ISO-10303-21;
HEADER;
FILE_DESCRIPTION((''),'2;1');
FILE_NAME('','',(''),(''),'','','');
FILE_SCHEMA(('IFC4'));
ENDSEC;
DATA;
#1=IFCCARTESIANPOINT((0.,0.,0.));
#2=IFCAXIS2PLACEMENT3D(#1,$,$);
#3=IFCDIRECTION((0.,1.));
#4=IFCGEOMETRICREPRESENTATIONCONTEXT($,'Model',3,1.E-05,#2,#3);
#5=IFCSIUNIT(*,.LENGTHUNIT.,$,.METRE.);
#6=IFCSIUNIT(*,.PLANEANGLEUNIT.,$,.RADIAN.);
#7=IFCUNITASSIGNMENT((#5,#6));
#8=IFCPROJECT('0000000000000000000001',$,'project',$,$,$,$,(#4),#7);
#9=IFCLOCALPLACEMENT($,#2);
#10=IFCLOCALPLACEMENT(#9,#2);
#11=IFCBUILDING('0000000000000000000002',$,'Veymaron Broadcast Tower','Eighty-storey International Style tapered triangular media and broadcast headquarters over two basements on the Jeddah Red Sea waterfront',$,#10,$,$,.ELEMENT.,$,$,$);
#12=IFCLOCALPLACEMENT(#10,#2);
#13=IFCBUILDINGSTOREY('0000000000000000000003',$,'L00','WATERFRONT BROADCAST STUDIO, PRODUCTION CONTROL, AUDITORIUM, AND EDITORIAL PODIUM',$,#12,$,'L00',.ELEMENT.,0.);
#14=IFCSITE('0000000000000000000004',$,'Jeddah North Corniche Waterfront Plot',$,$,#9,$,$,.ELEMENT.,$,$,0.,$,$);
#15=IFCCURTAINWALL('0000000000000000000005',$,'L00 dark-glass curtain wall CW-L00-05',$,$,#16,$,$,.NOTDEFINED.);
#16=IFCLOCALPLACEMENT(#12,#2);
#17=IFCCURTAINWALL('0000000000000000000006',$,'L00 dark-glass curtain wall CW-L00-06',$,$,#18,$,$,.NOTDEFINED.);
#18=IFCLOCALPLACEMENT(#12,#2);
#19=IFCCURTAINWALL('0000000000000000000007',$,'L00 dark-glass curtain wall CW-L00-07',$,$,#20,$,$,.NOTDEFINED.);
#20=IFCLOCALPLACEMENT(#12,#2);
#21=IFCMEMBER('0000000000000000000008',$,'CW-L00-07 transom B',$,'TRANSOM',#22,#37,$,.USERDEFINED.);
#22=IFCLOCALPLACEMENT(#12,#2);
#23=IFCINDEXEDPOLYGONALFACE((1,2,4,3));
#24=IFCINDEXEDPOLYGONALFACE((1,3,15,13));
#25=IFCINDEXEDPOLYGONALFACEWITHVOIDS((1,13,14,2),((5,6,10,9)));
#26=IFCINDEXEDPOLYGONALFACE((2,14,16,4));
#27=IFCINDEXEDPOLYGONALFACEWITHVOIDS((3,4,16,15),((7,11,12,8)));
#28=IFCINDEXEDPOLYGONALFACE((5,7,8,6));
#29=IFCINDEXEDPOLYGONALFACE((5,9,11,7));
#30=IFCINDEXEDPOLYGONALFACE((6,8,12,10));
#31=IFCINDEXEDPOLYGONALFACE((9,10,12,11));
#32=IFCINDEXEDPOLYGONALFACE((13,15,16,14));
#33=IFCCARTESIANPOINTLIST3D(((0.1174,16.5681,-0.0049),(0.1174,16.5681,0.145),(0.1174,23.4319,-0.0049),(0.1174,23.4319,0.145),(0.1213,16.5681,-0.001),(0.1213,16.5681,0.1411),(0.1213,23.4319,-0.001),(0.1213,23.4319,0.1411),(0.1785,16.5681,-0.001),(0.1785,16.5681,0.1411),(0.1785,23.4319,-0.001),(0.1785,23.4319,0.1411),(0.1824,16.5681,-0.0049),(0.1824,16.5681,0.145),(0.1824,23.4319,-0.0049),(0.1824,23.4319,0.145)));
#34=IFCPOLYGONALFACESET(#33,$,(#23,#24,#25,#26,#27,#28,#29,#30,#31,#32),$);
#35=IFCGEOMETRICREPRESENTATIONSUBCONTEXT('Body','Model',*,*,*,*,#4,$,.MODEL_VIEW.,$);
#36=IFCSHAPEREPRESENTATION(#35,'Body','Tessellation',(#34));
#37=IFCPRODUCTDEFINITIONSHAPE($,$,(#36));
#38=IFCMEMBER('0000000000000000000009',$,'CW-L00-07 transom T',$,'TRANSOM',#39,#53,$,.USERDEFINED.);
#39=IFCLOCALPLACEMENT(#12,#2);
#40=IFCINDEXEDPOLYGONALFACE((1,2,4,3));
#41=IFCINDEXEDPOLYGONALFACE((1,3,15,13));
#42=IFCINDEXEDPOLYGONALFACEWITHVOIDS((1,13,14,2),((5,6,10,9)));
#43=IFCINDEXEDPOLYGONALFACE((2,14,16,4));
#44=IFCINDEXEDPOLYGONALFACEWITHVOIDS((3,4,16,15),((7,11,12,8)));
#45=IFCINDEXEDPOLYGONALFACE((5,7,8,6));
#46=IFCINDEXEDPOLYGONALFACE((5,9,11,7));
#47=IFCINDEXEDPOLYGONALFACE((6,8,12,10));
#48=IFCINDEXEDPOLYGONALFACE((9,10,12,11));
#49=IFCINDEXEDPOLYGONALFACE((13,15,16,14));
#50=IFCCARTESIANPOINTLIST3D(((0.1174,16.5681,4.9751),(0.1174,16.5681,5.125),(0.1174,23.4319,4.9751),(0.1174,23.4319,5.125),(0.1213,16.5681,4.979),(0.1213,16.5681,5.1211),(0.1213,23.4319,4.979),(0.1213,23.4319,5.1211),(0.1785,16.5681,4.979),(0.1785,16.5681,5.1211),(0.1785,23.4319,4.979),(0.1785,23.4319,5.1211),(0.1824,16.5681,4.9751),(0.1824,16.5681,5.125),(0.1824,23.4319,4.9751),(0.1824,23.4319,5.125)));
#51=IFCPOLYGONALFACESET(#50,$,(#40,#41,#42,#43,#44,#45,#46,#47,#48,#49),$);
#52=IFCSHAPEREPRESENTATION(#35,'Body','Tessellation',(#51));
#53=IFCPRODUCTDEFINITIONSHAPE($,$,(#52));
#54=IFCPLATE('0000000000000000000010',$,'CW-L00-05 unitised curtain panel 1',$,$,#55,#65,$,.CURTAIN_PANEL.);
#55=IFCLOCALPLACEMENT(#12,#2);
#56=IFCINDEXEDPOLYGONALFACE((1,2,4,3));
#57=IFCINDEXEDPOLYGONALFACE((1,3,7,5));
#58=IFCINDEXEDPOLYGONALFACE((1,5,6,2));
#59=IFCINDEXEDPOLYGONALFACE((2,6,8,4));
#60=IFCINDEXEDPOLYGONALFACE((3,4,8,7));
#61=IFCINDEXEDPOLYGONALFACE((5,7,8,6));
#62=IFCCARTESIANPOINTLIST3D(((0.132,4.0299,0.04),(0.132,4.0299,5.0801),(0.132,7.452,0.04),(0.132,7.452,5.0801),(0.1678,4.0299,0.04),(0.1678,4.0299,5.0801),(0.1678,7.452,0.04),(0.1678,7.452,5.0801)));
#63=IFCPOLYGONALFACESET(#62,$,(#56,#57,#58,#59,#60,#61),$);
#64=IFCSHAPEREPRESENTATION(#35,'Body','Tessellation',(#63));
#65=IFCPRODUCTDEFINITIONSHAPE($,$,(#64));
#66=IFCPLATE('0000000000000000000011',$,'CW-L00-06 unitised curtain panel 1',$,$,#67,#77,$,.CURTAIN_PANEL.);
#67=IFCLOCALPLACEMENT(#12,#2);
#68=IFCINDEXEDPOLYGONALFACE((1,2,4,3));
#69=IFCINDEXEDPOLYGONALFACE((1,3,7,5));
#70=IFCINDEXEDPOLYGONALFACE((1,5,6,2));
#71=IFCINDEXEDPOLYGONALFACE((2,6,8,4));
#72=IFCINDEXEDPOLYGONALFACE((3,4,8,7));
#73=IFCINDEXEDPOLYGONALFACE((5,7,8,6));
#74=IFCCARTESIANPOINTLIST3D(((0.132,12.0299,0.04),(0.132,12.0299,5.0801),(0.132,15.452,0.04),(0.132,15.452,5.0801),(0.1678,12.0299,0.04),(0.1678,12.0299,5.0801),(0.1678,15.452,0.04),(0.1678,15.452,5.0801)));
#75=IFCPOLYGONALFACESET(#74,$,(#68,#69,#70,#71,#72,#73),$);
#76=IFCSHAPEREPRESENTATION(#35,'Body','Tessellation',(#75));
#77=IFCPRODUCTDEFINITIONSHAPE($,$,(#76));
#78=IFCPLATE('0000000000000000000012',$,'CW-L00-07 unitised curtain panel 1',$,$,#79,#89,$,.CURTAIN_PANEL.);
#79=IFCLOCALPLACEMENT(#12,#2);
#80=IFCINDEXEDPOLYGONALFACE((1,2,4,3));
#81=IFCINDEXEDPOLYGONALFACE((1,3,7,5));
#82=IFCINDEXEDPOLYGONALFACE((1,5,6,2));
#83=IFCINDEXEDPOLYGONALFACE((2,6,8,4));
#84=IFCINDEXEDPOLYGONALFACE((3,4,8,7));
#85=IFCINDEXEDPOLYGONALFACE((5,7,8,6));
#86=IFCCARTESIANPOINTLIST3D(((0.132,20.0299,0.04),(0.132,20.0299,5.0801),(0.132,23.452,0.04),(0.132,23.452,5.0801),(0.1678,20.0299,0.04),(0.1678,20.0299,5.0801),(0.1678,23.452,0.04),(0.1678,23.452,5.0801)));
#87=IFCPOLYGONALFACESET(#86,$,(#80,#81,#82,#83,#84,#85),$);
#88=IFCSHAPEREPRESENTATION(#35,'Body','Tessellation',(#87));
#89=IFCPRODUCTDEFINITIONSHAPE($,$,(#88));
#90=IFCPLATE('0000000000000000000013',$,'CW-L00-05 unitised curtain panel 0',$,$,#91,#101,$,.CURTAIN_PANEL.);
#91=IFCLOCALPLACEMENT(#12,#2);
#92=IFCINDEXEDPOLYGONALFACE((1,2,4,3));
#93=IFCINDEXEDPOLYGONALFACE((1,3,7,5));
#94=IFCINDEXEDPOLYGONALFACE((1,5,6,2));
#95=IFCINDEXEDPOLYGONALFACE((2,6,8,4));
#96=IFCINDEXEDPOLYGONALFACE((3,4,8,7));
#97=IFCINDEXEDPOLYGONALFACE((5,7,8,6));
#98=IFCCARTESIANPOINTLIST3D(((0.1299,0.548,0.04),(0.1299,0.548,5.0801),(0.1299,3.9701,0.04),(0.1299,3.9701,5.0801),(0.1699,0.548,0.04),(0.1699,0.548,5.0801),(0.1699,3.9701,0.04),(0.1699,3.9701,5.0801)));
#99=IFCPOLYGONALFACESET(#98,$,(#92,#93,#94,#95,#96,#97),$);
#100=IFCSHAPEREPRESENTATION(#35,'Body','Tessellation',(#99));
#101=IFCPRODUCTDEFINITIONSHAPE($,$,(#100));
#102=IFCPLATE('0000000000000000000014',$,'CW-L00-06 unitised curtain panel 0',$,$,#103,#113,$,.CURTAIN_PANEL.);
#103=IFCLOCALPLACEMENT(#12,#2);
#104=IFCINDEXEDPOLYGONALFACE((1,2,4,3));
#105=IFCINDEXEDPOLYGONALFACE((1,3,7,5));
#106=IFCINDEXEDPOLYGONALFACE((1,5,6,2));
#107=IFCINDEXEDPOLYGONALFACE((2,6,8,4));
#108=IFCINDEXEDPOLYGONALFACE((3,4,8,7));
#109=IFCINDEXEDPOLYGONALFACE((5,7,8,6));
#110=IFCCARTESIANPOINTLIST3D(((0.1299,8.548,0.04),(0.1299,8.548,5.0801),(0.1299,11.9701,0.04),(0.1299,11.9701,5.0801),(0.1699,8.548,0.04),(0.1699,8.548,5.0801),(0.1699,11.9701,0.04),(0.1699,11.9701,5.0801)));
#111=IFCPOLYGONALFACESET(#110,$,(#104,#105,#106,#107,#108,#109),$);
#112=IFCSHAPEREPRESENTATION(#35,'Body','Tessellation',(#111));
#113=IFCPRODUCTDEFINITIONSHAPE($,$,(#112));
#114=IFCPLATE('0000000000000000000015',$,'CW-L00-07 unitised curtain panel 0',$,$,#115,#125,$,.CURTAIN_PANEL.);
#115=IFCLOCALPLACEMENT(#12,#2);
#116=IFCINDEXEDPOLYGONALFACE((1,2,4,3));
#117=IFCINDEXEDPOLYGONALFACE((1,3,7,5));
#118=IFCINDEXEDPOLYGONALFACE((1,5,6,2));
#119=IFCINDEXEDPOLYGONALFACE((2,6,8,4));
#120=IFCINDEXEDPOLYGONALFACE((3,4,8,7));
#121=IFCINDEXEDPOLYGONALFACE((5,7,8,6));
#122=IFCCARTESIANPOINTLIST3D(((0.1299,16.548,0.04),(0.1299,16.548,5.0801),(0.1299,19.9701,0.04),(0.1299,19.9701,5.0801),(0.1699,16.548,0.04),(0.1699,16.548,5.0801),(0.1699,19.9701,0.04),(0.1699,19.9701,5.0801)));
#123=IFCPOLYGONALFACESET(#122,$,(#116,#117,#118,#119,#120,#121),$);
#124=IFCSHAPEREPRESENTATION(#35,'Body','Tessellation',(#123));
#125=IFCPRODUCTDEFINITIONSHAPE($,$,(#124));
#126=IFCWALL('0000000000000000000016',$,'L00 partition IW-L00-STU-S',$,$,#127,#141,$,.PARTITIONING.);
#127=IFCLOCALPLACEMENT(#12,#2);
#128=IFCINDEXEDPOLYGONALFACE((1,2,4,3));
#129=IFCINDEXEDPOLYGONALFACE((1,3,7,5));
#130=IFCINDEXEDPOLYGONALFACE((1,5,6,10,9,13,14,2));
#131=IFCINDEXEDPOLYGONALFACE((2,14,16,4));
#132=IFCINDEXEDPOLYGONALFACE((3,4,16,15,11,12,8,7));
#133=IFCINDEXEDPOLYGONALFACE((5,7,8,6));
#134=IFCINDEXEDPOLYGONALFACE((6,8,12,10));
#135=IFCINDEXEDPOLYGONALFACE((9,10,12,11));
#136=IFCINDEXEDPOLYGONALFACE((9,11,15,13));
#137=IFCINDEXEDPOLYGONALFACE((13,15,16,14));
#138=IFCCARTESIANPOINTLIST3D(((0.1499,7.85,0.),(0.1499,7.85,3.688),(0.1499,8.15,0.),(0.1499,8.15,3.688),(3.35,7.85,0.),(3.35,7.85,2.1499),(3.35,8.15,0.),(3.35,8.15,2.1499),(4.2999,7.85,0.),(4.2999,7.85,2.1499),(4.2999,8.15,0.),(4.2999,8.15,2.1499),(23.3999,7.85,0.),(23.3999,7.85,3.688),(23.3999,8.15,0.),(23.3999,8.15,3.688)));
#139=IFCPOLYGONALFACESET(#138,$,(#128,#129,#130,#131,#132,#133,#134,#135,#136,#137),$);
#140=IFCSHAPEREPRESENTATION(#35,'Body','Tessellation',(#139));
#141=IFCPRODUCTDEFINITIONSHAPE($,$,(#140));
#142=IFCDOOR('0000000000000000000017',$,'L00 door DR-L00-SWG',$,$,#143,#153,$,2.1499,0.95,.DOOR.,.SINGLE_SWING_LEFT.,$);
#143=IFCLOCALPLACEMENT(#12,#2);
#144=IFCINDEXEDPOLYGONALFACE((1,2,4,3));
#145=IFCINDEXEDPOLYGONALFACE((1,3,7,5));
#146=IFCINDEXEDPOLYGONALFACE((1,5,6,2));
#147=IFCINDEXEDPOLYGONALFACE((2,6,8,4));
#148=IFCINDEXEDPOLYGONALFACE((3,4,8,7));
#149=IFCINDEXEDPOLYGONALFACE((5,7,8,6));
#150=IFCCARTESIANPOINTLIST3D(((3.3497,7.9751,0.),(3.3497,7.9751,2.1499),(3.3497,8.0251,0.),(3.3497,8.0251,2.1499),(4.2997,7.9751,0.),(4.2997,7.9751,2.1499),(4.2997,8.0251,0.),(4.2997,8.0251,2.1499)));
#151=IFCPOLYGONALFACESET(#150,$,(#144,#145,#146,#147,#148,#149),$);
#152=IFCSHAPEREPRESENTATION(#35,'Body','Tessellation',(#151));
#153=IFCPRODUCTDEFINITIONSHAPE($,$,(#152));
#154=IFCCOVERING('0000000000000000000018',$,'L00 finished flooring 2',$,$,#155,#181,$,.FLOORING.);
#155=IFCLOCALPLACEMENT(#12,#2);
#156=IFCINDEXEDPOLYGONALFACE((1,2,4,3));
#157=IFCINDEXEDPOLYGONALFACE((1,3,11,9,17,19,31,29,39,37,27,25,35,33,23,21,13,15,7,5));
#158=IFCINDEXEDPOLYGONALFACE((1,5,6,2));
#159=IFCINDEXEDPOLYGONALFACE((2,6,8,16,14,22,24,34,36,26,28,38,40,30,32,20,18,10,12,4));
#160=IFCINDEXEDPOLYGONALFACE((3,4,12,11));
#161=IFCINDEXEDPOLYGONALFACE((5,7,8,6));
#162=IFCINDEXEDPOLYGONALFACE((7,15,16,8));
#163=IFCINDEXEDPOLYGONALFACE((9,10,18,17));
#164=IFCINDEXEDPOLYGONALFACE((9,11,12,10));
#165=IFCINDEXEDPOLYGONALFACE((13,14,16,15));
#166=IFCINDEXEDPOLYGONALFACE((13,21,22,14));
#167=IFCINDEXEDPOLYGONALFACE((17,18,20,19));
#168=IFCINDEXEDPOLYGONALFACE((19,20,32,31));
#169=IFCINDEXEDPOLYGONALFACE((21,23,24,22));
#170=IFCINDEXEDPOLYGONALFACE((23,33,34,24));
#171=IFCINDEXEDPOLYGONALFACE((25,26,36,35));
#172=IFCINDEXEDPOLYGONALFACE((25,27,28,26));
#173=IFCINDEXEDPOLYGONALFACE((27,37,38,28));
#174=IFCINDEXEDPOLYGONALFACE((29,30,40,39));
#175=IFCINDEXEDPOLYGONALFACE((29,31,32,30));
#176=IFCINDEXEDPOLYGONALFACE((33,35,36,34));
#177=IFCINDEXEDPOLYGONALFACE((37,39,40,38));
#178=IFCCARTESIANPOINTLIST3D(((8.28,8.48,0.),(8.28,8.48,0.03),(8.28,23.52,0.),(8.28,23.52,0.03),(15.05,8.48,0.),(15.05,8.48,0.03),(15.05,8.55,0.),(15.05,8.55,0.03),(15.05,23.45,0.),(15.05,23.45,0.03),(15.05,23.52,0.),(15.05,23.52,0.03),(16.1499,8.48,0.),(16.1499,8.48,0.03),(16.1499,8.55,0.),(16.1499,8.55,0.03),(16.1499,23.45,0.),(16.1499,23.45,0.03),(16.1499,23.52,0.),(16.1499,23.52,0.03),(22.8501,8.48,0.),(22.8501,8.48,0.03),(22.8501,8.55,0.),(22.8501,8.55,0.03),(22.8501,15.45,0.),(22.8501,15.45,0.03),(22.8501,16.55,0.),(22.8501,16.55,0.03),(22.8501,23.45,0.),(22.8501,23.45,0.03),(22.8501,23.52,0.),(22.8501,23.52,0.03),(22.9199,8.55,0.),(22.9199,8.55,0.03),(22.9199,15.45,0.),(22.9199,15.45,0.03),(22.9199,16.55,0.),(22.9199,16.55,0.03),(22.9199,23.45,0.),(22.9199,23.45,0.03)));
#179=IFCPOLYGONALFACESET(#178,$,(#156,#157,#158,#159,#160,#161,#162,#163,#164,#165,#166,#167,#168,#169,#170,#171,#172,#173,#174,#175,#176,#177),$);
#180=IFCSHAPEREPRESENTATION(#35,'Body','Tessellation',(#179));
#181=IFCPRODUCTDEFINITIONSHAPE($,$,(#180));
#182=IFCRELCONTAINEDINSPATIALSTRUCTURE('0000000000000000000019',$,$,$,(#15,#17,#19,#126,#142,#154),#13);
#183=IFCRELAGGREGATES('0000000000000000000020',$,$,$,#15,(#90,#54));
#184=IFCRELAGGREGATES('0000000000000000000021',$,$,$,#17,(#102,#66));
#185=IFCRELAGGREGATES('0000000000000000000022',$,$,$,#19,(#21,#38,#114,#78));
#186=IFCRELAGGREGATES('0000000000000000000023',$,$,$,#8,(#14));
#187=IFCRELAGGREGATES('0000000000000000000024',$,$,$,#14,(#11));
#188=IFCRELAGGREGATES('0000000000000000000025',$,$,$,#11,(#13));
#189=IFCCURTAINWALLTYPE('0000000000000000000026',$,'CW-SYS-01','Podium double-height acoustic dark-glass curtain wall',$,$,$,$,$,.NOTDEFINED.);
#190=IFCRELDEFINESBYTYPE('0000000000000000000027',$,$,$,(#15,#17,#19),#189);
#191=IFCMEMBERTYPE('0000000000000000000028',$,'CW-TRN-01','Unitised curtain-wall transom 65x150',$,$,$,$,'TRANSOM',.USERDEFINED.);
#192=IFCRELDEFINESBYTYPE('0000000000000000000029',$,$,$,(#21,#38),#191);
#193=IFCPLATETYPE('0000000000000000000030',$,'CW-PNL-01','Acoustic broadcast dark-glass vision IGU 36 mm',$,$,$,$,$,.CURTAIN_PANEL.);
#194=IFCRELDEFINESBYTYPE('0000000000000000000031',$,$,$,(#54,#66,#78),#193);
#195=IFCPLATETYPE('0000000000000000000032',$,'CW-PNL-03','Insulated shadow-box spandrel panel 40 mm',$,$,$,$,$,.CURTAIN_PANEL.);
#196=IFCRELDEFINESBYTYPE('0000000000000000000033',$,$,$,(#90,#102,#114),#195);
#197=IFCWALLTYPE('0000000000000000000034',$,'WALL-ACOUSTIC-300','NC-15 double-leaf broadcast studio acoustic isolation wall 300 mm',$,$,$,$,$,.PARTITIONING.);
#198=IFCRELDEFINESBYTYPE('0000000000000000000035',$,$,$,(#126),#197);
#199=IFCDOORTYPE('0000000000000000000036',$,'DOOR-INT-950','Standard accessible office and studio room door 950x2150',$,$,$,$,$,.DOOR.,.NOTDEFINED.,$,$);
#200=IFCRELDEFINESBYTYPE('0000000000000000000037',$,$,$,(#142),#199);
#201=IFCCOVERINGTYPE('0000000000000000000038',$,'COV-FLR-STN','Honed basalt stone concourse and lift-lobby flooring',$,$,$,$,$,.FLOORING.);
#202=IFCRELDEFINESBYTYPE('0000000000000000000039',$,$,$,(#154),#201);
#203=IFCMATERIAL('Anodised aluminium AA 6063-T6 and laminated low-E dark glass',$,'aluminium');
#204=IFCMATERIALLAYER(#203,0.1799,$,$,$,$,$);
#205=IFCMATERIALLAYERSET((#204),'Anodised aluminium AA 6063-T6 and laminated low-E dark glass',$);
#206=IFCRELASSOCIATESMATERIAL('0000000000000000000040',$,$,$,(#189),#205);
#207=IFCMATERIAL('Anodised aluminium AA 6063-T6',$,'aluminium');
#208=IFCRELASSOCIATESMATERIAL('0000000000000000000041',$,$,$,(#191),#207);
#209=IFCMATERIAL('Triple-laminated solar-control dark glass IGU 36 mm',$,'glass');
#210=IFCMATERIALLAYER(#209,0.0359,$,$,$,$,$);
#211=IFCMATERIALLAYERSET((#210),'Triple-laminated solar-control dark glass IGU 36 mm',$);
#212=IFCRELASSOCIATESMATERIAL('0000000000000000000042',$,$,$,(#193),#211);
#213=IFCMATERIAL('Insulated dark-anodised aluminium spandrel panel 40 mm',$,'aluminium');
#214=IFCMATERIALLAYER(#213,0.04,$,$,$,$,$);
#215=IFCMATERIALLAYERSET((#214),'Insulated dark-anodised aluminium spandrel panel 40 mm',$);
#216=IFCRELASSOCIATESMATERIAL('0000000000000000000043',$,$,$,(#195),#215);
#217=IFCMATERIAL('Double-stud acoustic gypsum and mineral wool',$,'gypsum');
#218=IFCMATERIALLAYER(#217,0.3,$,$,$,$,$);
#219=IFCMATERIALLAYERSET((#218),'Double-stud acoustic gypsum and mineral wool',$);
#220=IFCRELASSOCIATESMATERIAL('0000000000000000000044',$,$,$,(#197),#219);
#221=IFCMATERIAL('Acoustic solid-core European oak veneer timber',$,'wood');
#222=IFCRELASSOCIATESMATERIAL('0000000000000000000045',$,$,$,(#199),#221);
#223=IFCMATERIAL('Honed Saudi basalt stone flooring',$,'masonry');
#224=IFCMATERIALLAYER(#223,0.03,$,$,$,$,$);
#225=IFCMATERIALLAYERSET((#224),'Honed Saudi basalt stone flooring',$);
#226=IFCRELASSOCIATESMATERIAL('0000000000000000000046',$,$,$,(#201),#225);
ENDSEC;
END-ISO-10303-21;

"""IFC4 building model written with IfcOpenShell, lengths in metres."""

from ifc_helpers import new_model, si_unit, direction, frame, frame_2d, origin, origin_2d, place, context, subcontext, project, spatial, polyline, rectangle, hollow_rectangle, outline, extrude, material, layer, layer_set, material_profile, profile_set, type_object, element, fill, aggregate, save


model = new_model("IFC4")

# Units and contexts
model_context = context("Model", 3, precision=1e-05, world=origin(), true_north=direction((0.0, 1.0)))
body_context = subcontext(model_context, "Body", "Model", "MODEL_VIEW")
ifc_project = project(units=[si_unit("LENGTHUNIT", "METRE"), si_unit("PLANEANGLEUNIT", "RADIAN")], contexts=[model_context])

# Site, building, storey
site_placement = place(None, origin())
site = spatial("IfcSite", under=ifc_project, at=site_placement, Name="Jeddah North Corniche Waterfront Plot", CompositionType="ELEMENT", RefElevation=0.0)
building_placement = place(site_placement, origin())
building = spatial("IfcBuilding", under=site, at=building_placement, Name="Veymaron Broadcast Tower", Description="Eighty-storey International Style tapered triangular media and broadcast headquarters over two basements on the Jeddah Red Sea waterfront", CompositionType="ELEMENT")
storey_placement = place(building_placement, origin())
storey = spatial("IfcBuildingStorey", under=building, at=storey_placement, Name="L00", Description="WATERFRONT BROADCAST STUDIO, PRODUCTION CONTROL, AUDITORIUM, AND EDITORIAL PODIUM", LongName="L00", CompositionType="ELEMENT", Elevation=0.0)

# Curtain walls
ifc_material_1 = material(Name="Anodised aluminium AA 6063-T6 and laminated low-E dark glass", Category="aluminium")
ifc_layer_1 = layer(ifc_material_1, 0.1799)
ifc_layer_set_1 = layer_set([ifc_layer_1], Name="Anodised aluminium AA 6063-T6 and laminated low-E dark glass")
curtain_wall_type = type_object("IfcCurtainWallType", Name="CW-SYS-01", Description="Podium double-height acoustic dark-glass curtain wall", PredefinedType="NOTDEFINED", material=ifc_layer_set_1)
curtain_wall_1_placement = place(storey_placement, origin())
curtain_wall_1 = element("IfcCurtainWall", 1, at=curtain_wall_1_placement, inside=storey, type_object=curtain_wall_type, Name="L00 dark-glass curtain wall CW-L00-05", PredefinedType="NOTDEFINED")
ifc_material_2 = material(Name="Anodised aluminium AA 6063-T6", Category="aluminium")
curtain_wall_2_placement = place(storey_placement, origin())
curtain_wall_2 = element("IfcCurtainWall", 2, at=curtain_wall_2_placement, inside=storey, type_object=curtain_wall_type, Name="L00 dark-glass curtain wall CW-L00-06", PredefinedType="NOTDEFINED")
curtain_wall_3_placement = place(storey_placement, origin())
curtain_wall_3 = element("IfcCurtainWall", 3, at=curtain_wall_3_placement, inside=storey, type_object=curtain_wall_type, Name="L00 dark-glass curtain wall CW-L00-07", PredefinedType="NOTDEFINED")

# Members
ifc_material_profile_1 = material_profile(ifc_material_2, hollow_rectangle(XDim=0.0649, YDim=0.1499, WallThickness=0.0039, at=origin_2d()), Name="AL150X65X4")
ifc_profile_set_1 = profile_set([ifc_material_profile_1], Name="Anodised aluminium AA 6063-T6")
member_type_1 = type_object("IfcMemberType", Name="CW-TRN-01", Description="Unitised curtain-wall transom 65x150", ElementType="TRANSOM", PredefinedType="USERDEFINED", material=ifc_profile_set_1)
member_1_placement = place(storey_placement, frame((0.1499, 16.5681, 0.0701), z_axis=(0.0, 1.0, 0.0), x_axis=(-1.0, 0.0, 0.0)))
member_1 = element("IfcMember", 4, at=member_1_placement, type_object=member_type_1, Name="CW-L00-07 transom B", ObjectType="TRANSOM", PredefinedType="USERDEFINED", context=body_context, shape_type="SweptSolid", body=[
    extrude(hollow_rectangle(XDim=0.0649, YDim=0.1499, WallThickness=0.0039, at=origin_2d()), origin(), (0.0, 0.0, 1.0), 6.8638),
])
member_2_placement = place(storey_placement, frame((0.1499, 16.5681, 5.05), z_axis=(0.0, 1.0, 0.0), x_axis=(-1.0, 0.0, 0.0)))
member_2 = element("IfcMember", 5, at=member_2_placement, type_object=member_type_1, Name="CW-L00-07 transom T", ObjectType="TRANSOM", PredefinedType="USERDEFINED", context=body_context, shape_type="SweptSolid", body=[
    extrude(hollow_rectangle(XDim=0.0649, YDim=0.1499, WallThickness=0.0039, at=origin_2d()), origin(), (0.0, 0.0, 1.0), 6.8638),
])

# Plates
ifc_material_3 = material(Name="Triple-laminated solar-control dark glass IGU 36 mm", Category="glass")
ifc_layer_2 = layer(ifc_material_3, 0.0359)
ifc_layer_set_2 = layer_set([ifc_layer_2], Name="Triple-laminated solar-control dark glass IGU 36 mm")
plate_type_1 = type_object("IfcPlateType", Name="CW-PNL-01", Description="Acoustic broadcast dark-glass vision IGU 36 mm", PredefinedType="CURTAIN_PANEL", material=ifc_layer_set_2)
plate_1_placement = place(storey_placement, frame((0.1499, 5.741, 0.04), z_axis=(0.0, 0.0, 1.0), x_axis=(0.0, 1.0, 0.0)))
plate_1 = element("IfcPlate", 6, at=plate_1_placement, type_object=plate_type_1, Name="CW-L00-05 unitised curtain panel 1", PredefinedType="CURTAIN_PANEL", context=body_context, shape_type="SweptSolid", body=[
    extrude(rectangle(XDim=3.4221, YDim=0.0359, at=origin_2d()), origin(), (0.0, 0.0, 1.0), 5.04),
])
plate_2_placement = place(storey_placement, frame((0.1499, 13.741, 0.04), z_axis=(0.0, 0.0, 1.0), x_axis=(0.0, 1.0, 0.0)))
plate_2 = element("IfcPlate", 7, at=plate_2_placement, type_object=plate_type_1, Name="CW-L00-06 unitised curtain panel 1", PredefinedType="CURTAIN_PANEL", context=body_context, shape_type="SweptSolid", body=[
    extrude(rectangle(XDim=3.4221, YDim=0.0359, at=origin_2d()), origin(), (0.0, 0.0, 1.0), 5.04),
])
plate_3_placement = place(storey_placement, frame((0.1499, 21.741, 0.04), z_axis=(0.0, 0.0, 1.0), x_axis=(0.0, 1.0, 0.0)))
plate_3 = element("IfcPlate", 8, at=plate_3_placement, type_object=plate_type_1, Name="CW-L00-07 unitised curtain panel 1", PredefinedType="CURTAIN_PANEL", context=body_context, shape_type="SweptSolid", body=[
    extrude(rectangle(XDim=3.4221, YDim=0.0359, at=origin_2d()), origin(), (0.0, 0.0, 1.0), 5.04),
])
ifc_material_4 = material(Name="Insulated dark-anodised aluminium spandrel panel 40 mm", Category="aluminium")
ifc_layer_3 = layer(ifc_material_4, 0.04)
ifc_layer_set_3 = layer_set([ifc_layer_3], Name="Insulated dark-anodised aluminium spandrel panel 40 mm")
plate_type_2 = type_object("IfcPlateType", Name="CW-PNL-03", Description="Insulated shadow-box spandrel panel 40 mm", PredefinedType="CURTAIN_PANEL", material=ifc_layer_set_3)
plate_4_placement = place(storey_placement, frame((0.1499, 2.259, 0.04), z_axis=(0.0, 0.0, 1.0), x_axis=(0.0, 1.0, 0.0)))
plate_4 = element("IfcPlate", 9, at=plate_4_placement, type_object=plate_type_2, Name="CW-L00-05 unitised curtain panel 0", PredefinedType="CURTAIN_PANEL", context=body_context, shape_type="SweptSolid", body=[
    extrude(rectangle(XDim=3.4221, YDim=0.04, at=origin_2d()), origin(), (0.0, 0.0, 1.0), 5.04),
])
aggregate(curtain_wall_1, [plate_4, plate_1])
plate_5_placement = place(storey_placement, frame((0.1499, 10.259, 0.04), z_axis=(0.0, 0.0, 1.0), x_axis=(0.0, 1.0, 0.0)))
plate_5 = element("IfcPlate", 10, at=plate_5_placement, type_object=plate_type_2, Name="CW-L00-06 unitised curtain panel 0", PredefinedType="CURTAIN_PANEL", context=body_context, shape_type="SweptSolid", body=[
    extrude(rectangle(XDim=3.4221, YDim=0.04, at=origin_2d()), origin(), (0.0, 0.0, 1.0), 5.04),
])
aggregate(curtain_wall_2, [plate_5, plate_2])
plate_6_placement = place(storey_placement, frame((0.1499, 18.259, 0.04), z_axis=(0.0, 0.0, 1.0), x_axis=(0.0, 1.0, 0.0)))
plate_6 = element("IfcPlate", 11, at=plate_6_placement, type_object=plate_type_2, Name="CW-L00-07 unitised curtain panel 0", PredefinedType="CURTAIN_PANEL", context=body_context, shape_type="SweptSolid", body=[
    extrude(rectangle(XDim=3.4221, YDim=0.04, at=origin_2d()), origin(), (0.0, 0.0, 1.0), 5.04),
])
aggregate(curtain_wall_3, [member_1, member_2, plate_6, plate_3])

# Wall, opening, door
ifc_material_5 = material(Name="Double-stud acoustic gypsum and mineral wool", Category="gypsum")
ifc_layer_4 = layer(ifc_material_5, 0.3)
ifc_layer_set_4 = layer_set([ifc_layer_4], Name="Double-stud acoustic gypsum and mineral wool")
wall_type = type_object("IfcWallType", Name="WALL-ACOUSTIC-300", Description="NC-15 double-leaf broadcast studio acoustic isolation wall 300 mm", PredefinedType="PARTITIONING", material=ifc_layer_set_4)
wall_placement = place(storey_placement, frame((0.1499, 8.0, 0.0), z_axis=(0.0, 0.0, 1.0), x_axis=(1.0, 0.0, 0.0)))
wall = element("IfcWall", 12, at=wall_placement, inside=storey, type_object=wall_type, Name="L00 partition IW-L00-STU-S", PredefinedType="PARTITIONING", context=body_context, shape_type="SweptSolid", body=[
    extrude(rectangle(XDim=23.25, YDim=0.3, at=frame_2d((11.625, 0.0))), origin(), (0.0, 0.0, 1.0), 3.688),
])
opening_placement = place(wall_placement, frame((3.2, 0.0, 0.0)))
opening = element("IfcOpeningElement", 13, at=opening_placement, cuts=wall, PredefinedType="OPENING", context=body_context, shape_type="SweptSolid", body=[
    extrude(rectangle(XDim=0.95, YDim=2.1499, at=frame_2d((0.4751, 1.075))), frame((0.0, 0.1602, 0.0), z_axis=(0.0, -1.0, 0.0), x_axis=(1.0, 0.0, 0.0)), (0.0, 0.0, 1.0), 0.3201),
])
ifc_material_6 = material(Name="Acoustic solid-core European oak veneer timber", Category="wood")
door_type = type_object("IfcDoorType", Name="DOOR-INT-950", Description="Standard accessible office and studio room door 950x2150", OperationType="NOTDEFINED", PredefinedType="DOOR", material=ifc_material_6)
door_placement = place(opening_placement, frame((0.95, 0.0, 0.0), z_axis=(0.0, 0.0, 1.0), x_axis=(-1.0, 0.0, 0.0)))
door = element("IfcDoor", 14, at=door_placement, inside=storey, type_object=door_type, Name="L00 door DR-L00-SWG", OperationType="SINGLE_SWING_LEFT", OverallHeight=2.1499, OverallWidth=0.95, PredefinedType="DOOR", context=body_context, shape_type="SweptSolid", body=[
    extrude(rectangle(XDim=0.95, YDim=2.1499, at=frame_2d((0.4751, 1.075))), frame((0.0, 0.0249, 0.0), z_axis=(0.0, -1.0, 0.0), x_axis=(1.0, 0.0, 0.0)), (0.0, 0.0, 1.0), 0.05),
])
fill(opening, door)

# Covering
ifc_material_7 = material(Name="Honed Saudi basalt stone flooring", Category="masonry")
ifc_layer_5 = layer(ifc_material_7, 0.03)
ifc_layer_set_5 = layer_set([ifc_layer_5], Name="Honed Saudi basalt stone flooring")
covering_type = type_object("IfcCoveringType", Name="COV-FLR-STN", Description="Honed basalt stone concourse and lift-lobby flooring", PredefinedType="FLOORING", material=ifc_layer_set_5)
covering_placement = place(storey_placement, origin())
element("IfcCovering", 15, at=covering_placement, inside=storey, type_object=covering_type, Name="L00 finished flooring 2", PredefinedType="FLOORING", context=body_context, shape_type="SweptSolid", body=[
    extrude(outline(polyline([(22.9199, 15.45), (22.9199, 8.55), (22.8501, 8.55), (22.8501, 8.48), (16.1499, 8.48), (16.1499, 8.55), (15.05, 8.55), (15.05, 8.48), (8.28, 8.48), (8.28, 23.52), (15.05, 23.52), (15.05, 23.45), (16.1499, 23.45), (16.1499, 23.52), (22.8501, 23.52), (22.8501, 23.45), (22.9199, 23.45), (22.9199, 16.55), (22.8501, 16.55), (22.8501, 15.45), (22.9199, 15.45)])), origin(), (0.0, 0.0, 1.0), 0.03),
])

save(model, "model.ifc")
